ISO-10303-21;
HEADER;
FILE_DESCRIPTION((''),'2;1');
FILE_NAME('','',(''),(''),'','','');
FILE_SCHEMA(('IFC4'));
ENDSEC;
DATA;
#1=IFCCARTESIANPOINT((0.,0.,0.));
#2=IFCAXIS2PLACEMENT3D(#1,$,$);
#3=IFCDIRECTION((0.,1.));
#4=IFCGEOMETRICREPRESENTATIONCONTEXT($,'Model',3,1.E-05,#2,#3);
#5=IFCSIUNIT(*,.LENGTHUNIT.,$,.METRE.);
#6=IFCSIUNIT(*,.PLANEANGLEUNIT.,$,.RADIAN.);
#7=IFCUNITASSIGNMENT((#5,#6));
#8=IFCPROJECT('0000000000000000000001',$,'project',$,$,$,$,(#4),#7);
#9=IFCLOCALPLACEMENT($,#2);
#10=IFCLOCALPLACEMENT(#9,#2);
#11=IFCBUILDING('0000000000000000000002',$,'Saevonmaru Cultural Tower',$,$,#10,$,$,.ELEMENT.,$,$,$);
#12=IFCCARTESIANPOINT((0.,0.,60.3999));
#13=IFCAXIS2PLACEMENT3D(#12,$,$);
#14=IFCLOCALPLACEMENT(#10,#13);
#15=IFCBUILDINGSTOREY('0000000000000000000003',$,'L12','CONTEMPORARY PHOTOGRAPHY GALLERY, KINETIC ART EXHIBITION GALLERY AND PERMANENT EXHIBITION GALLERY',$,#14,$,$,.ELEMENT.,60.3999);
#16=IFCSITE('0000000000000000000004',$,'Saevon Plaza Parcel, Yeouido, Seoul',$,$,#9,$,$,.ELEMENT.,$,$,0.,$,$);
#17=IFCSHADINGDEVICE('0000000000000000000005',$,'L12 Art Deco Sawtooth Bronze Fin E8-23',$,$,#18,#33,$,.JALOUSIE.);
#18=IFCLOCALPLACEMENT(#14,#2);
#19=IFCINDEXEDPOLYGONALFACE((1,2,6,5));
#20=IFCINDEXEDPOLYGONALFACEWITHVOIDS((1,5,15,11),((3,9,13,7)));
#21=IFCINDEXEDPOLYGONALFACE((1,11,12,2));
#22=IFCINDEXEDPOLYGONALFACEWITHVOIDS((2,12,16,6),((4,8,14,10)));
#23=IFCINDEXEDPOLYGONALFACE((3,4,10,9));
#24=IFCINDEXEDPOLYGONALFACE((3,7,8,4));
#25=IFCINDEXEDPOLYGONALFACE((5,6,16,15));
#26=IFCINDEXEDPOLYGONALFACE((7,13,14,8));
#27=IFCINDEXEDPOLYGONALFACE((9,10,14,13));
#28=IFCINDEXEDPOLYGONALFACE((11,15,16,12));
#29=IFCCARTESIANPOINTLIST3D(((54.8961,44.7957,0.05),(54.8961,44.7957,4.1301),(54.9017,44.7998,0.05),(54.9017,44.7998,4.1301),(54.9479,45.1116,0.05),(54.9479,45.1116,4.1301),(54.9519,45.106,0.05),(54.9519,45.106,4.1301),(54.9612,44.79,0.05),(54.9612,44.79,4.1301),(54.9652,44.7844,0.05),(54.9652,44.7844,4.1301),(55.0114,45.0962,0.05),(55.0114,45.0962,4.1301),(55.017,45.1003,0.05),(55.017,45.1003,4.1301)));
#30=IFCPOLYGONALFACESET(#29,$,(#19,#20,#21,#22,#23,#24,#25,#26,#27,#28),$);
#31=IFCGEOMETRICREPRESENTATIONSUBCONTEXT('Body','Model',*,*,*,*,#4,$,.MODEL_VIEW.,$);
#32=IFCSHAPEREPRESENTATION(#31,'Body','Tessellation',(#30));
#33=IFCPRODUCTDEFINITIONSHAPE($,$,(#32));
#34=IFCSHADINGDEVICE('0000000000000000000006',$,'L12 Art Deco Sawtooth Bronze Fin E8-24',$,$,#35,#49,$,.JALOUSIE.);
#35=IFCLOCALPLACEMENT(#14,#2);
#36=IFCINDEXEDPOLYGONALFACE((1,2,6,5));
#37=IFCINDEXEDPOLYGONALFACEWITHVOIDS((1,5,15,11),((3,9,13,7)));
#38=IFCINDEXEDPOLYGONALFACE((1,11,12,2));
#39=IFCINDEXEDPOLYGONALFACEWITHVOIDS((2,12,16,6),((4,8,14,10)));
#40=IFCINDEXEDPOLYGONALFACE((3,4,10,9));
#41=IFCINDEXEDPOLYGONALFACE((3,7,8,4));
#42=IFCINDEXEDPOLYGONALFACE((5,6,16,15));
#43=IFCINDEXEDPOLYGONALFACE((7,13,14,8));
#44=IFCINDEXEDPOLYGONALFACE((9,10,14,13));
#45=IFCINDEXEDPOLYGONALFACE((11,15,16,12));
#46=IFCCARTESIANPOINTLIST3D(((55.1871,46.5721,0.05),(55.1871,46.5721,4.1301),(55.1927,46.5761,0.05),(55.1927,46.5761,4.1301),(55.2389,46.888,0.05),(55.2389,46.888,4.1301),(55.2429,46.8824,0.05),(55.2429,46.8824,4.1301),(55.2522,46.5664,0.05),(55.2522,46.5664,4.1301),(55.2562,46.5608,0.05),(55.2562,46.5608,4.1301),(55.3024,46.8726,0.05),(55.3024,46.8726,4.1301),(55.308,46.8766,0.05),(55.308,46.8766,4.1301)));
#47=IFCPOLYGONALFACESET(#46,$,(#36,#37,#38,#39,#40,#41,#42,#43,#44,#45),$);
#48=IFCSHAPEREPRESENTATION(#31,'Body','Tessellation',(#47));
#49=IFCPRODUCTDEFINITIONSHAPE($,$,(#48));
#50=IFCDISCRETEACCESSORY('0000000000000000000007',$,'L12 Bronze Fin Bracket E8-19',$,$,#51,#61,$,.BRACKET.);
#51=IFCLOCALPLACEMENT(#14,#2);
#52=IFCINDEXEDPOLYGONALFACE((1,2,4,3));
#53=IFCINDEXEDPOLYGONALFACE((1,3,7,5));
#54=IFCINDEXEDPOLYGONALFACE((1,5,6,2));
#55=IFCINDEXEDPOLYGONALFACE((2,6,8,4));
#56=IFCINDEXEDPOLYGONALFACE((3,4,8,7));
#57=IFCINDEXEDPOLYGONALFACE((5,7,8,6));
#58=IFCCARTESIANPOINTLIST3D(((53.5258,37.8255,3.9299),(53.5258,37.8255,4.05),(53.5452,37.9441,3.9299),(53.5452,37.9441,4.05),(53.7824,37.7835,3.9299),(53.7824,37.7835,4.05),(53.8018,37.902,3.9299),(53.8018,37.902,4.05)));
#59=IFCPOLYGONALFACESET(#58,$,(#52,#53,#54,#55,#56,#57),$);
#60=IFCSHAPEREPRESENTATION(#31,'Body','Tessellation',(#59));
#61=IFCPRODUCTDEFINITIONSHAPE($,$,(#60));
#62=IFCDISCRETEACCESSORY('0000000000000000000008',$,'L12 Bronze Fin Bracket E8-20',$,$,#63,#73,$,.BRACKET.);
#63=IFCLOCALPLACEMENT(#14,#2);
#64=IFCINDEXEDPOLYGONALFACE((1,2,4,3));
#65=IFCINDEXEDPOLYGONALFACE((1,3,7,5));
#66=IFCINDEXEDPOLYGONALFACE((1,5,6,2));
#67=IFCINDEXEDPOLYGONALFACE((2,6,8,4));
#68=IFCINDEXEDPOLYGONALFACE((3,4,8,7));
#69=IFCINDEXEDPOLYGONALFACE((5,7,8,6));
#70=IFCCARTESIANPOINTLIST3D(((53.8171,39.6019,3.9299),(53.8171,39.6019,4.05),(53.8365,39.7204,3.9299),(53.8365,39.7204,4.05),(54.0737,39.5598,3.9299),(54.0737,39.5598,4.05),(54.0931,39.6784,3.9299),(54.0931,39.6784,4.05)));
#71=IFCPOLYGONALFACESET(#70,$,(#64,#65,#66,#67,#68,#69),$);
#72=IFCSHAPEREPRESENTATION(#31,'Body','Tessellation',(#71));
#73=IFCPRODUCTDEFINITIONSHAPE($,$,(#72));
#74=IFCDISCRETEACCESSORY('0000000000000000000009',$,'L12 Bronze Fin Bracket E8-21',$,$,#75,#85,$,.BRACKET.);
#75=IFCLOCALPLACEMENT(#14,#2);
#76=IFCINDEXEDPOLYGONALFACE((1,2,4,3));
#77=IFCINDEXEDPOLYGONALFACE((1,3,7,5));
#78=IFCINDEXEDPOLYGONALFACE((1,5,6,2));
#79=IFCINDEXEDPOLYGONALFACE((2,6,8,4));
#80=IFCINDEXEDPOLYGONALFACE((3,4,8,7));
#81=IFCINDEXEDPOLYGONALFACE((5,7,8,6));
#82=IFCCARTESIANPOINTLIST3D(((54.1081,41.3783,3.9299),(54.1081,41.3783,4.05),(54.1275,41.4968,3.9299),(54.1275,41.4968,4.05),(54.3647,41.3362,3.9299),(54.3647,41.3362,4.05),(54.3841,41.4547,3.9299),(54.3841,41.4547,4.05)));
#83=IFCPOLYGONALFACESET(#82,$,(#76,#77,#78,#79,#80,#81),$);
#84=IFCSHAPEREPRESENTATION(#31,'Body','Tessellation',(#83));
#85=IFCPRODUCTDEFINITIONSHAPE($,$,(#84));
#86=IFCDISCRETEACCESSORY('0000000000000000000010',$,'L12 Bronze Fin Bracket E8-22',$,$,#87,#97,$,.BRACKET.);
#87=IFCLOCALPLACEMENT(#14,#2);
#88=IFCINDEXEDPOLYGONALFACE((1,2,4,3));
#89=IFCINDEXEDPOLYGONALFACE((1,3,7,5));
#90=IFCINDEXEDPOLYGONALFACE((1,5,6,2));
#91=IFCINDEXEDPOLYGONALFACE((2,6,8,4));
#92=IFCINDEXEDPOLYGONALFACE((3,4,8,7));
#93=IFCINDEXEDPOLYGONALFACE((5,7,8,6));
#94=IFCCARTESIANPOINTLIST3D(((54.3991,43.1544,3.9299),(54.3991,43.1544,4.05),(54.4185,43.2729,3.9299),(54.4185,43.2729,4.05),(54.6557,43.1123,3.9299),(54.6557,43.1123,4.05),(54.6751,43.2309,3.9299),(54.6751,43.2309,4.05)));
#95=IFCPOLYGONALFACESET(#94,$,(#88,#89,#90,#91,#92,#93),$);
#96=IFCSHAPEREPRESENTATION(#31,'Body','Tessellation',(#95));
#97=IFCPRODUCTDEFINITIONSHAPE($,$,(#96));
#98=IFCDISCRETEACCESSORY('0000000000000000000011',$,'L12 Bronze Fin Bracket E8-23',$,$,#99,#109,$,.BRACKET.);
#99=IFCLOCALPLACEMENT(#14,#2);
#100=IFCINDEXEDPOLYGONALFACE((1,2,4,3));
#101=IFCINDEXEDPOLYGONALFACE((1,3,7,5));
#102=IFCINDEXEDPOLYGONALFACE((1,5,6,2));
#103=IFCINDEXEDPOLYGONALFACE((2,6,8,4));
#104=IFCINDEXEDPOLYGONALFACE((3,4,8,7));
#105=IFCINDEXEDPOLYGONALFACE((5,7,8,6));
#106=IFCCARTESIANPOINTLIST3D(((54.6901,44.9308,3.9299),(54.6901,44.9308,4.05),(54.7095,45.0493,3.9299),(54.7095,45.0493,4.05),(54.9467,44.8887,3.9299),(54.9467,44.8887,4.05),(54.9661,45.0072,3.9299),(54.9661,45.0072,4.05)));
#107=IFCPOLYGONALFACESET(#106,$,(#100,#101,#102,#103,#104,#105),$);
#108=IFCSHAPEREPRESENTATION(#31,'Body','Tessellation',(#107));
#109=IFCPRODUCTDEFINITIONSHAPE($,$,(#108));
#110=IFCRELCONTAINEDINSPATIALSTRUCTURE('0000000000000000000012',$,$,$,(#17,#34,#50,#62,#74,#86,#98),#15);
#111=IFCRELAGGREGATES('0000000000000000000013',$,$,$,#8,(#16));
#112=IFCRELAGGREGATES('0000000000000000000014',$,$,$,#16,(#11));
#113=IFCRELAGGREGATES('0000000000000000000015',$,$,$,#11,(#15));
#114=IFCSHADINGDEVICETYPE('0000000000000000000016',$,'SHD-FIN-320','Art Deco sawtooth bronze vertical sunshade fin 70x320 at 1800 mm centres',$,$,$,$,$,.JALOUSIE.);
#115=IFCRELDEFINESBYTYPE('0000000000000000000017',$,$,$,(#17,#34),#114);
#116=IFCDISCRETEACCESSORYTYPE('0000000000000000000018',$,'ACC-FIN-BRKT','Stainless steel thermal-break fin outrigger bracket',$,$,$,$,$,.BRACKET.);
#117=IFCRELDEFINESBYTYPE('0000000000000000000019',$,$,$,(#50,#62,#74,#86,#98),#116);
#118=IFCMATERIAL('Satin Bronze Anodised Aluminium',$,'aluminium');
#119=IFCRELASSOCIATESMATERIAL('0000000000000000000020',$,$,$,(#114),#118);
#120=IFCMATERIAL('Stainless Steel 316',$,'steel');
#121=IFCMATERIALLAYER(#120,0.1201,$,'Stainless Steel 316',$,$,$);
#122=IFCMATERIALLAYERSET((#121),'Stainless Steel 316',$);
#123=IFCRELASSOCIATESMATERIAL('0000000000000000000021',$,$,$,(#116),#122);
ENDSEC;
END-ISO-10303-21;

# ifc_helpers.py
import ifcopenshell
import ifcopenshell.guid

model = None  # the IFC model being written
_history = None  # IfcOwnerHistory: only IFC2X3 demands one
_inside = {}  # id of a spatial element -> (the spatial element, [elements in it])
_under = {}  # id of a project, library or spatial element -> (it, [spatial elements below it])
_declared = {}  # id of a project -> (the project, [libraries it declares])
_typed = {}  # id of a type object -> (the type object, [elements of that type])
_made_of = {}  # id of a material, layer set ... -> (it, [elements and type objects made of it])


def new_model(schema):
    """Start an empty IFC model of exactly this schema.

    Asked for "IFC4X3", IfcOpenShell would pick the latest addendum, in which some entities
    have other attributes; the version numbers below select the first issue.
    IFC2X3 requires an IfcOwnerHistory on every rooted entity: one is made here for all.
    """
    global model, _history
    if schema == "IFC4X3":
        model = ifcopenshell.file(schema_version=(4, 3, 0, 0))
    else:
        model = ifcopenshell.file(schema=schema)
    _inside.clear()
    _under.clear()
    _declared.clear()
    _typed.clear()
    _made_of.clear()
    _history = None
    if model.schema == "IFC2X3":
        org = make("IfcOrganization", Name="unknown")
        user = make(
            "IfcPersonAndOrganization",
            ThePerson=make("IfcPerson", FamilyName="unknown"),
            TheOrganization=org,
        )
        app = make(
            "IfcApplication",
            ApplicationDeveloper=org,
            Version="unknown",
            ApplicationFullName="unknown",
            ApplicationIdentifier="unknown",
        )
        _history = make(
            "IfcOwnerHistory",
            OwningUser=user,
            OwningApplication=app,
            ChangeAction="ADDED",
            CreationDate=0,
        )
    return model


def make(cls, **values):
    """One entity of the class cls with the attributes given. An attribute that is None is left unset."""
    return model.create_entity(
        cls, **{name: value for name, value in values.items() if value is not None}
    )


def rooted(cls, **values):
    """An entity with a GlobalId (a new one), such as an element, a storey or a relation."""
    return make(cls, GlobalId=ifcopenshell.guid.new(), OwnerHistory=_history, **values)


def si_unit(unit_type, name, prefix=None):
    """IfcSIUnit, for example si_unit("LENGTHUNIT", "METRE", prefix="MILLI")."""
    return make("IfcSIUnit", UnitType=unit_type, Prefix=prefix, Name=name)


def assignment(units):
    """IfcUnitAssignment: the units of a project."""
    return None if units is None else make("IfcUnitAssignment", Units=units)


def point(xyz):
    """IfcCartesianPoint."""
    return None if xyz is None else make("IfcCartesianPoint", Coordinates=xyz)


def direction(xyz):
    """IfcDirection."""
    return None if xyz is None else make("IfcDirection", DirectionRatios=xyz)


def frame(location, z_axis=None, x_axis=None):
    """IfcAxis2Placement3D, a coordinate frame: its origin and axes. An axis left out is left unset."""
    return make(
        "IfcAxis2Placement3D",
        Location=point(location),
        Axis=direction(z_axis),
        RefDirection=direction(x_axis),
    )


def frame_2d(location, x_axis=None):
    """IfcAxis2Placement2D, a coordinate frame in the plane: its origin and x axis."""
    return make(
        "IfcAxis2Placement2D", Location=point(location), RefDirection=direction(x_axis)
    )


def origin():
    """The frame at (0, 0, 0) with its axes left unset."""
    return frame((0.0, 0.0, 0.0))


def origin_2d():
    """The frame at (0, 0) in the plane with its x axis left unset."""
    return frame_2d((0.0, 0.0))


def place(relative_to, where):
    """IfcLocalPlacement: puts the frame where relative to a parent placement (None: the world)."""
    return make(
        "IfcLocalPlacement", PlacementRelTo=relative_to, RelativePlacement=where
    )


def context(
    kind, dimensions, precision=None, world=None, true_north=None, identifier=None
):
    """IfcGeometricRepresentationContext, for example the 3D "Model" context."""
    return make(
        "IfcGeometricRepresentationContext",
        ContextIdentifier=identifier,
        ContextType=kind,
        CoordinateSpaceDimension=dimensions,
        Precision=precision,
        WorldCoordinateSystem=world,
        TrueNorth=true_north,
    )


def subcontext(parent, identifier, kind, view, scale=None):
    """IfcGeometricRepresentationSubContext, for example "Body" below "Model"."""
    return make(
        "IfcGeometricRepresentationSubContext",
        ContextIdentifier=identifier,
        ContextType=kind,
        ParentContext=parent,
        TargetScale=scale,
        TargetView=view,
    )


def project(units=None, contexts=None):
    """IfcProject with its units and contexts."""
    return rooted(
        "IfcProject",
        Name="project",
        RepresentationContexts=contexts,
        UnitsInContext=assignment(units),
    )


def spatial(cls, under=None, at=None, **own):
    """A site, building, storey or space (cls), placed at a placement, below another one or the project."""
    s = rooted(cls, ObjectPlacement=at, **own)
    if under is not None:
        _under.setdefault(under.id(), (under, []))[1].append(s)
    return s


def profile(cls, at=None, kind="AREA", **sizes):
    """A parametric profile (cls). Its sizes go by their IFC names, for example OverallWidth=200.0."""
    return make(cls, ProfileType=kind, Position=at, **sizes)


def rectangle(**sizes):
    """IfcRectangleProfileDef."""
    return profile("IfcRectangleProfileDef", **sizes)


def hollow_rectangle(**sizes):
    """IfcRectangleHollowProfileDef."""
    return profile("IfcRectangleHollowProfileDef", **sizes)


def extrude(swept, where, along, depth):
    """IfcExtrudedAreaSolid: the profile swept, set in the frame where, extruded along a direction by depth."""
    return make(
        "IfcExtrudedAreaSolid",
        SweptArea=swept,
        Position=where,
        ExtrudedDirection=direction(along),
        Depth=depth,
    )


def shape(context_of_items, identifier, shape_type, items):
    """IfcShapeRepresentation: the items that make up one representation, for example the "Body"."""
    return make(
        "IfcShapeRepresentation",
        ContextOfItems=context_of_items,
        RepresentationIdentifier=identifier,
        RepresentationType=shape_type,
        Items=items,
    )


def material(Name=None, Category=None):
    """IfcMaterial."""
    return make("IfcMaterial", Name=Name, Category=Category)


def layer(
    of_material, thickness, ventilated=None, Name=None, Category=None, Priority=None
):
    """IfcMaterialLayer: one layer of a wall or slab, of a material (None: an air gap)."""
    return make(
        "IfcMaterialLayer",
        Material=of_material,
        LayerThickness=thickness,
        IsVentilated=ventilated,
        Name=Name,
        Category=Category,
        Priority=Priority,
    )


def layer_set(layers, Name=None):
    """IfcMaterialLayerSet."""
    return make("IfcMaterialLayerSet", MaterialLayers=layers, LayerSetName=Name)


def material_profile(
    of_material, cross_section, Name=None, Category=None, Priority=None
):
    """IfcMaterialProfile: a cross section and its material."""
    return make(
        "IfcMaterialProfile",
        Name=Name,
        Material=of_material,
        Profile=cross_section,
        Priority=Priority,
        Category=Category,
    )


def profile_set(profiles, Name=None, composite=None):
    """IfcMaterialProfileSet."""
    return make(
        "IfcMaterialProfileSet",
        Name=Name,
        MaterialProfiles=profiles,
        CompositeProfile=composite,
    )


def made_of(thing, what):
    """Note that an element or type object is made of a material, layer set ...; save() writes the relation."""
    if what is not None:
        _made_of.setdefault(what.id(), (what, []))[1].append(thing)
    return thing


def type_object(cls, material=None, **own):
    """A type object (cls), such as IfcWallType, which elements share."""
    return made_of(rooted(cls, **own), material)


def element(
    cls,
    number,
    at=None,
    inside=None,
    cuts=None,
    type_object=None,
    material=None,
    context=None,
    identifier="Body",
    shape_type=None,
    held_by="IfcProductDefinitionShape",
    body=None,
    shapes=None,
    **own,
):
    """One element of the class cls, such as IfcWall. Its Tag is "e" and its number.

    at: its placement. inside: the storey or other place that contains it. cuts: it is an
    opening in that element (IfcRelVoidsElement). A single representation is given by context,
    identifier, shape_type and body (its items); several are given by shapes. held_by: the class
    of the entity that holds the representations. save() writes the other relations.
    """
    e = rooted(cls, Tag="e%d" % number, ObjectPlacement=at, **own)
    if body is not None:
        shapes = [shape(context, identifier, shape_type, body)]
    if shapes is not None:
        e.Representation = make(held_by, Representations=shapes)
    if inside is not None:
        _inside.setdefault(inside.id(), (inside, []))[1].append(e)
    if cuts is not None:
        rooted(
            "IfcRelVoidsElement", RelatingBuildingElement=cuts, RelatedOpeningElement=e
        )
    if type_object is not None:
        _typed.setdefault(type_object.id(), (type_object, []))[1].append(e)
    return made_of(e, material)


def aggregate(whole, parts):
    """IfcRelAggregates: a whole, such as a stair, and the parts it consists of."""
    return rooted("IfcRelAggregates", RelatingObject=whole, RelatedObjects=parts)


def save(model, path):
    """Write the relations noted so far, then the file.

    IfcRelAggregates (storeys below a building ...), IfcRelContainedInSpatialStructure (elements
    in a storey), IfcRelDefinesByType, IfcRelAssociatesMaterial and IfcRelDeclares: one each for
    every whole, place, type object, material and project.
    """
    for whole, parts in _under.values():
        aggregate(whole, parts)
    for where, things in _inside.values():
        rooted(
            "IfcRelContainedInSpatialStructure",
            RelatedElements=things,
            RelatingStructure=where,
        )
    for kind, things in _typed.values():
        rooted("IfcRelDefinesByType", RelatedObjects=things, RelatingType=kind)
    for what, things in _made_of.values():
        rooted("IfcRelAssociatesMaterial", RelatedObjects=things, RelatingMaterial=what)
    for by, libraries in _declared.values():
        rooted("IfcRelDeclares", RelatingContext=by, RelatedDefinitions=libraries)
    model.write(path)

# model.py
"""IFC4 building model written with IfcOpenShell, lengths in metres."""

from ifc_helpers import new_model, si_unit, direction, frame, origin, origin_2d, place, context, subcontext, project, spatial, rectangle, hollow_rectangle, extrude, material, layer, layer_set, material_profile, profile_set, type_object, element, save


model = new_model("IFC4")

# Units and contexts
model_context = context("Model", 3, precision=1e-05, world=origin(), true_north=direction((0.0, 1.0)))
body_context = subcontext(model_context, "Body", "Model", "MODEL_VIEW")
ifc_project = project(units=[si_unit("LENGTHUNIT", "METRE"), si_unit("PLANEANGLEUNIT", "RADIAN")], contexts=[model_context])

# Site, building, storey
site_placement = place(None, origin())
site = spatial("IfcSite", under=ifc_project, at=site_placement, Name="Saevon Plaza Parcel, Yeouido, Seoul", CompositionType="ELEMENT", RefElevation=0.0)
building_placement = place(site_placement, origin())
building = spatial("IfcBuilding", under=site, at=building_placement, Name="Saevonmaru Cultural Tower", CompositionType="ELEMENT")
storey_placement = place(building_placement, frame((0.0, 0.0, 60.3999)))
storey = spatial("IfcBuildingStorey", under=building, at=storey_placement, Name="L12", Description="CONTEMPORARY PHOTOGRAPHY GALLERY, KINETIC ART EXHIBITION GALLERY AND PERMANENT EXHIBITION GALLERY", CompositionType="ELEMENT", Elevation=60.3999)

# Shared definitions
ifc_material_1 = material(Name="Satin Bronze Anodised Aluminium", Category="aluminium")

# Shading devices
ifc_material_profile_1 = material_profile(ifc_material_1, hollow_rectangle(XDim=0.0701, YDim=0.3201, WallThickness=0.0049, at=origin_2d()), Name="FIN-320x70")
ifc_profile_set_1 = profile_set([ifc_material_profile_1], Name="Satin Bronze Anodised Aluminium")
shading_device_type = type_object("IfcShadingDeviceType", Name="SHD-FIN-320", Description="Art Deco sawtooth bronze vertical sunshade fin 70x320 at 1800 mm centres", PredefinedType="JALOUSIE", material=ifc_profile_set_1)
for number, where, z_axis, x_axis, name in (
    (1, (54.9565, 44.948, 0.05), (0.0, 0.0, 1.0), (0.986827, -0.161776, 0.0), "L12 Art Deco Sawtooth Bronze Fin E8-23"),
    (2, (55.2476, 46.7244, 0.05), (0.0, 0.0, 1.0), (0.986827, -0.161776, 0.0), "L12 Art Deco Sawtooth Bronze Fin E8-24"),
):
    element("IfcShadingDevice", number, at=place(storey_placement, frame(where, z_axis=z_axis, x_axis=x_axis)), inside=storey, type_object=shading_device_type, Name=name, PredefinedType="JALOUSIE", context=body_context, shape_type="SweptSolid", body=[
        extrude(hollow_rectangle(XDim=0.0701, YDim=0.3201, WallThickness=0.0049, at=origin_2d()), origin(), (0.0, 0.0, 1.0), 4.0801),
    ])

# Discrete accessories
ifc_material_2 = material(Name="Stainless Steel 316", Category="steel")
ifc_layer = layer(ifc_material_2, 0.1201, Name="Stainless Steel 316")
ifc_layer_set = layer_set([ifc_layer], Name="Stainless Steel 316")
discrete_accessory_type = type_object("IfcDiscreteAccessoryType", Name="ACC-FIN-BRKT", Description="Stainless steel thermal-break fin outrigger bracket", PredefinedType="BRACKET", material=ifc_layer_set)
for number, where, z_axis, x_axis, name in (
    (3, (53.6638, 37.8638, 3.9299), (0.0, 0.0, 1.0), (0.986827, -0.161776, 0.0), "L12 Bronze Fin Bracket E8-19"),
    (4, (53.9551, 39.6401, 3.9299), (0.0, 0.0, 1.0), (0.986827, -0.161776, 0.0), "L12 Bronze Fin Bracket E8-20"),
    (5, (54.2461, 41.4165, 3.9299), (0.0, 0.0, 1.0), (0.986827, -0.161776, 0.0), "L12 Bronze Fin Bracket E8-21"),
    (6, (54.5371, 43.1926, 3.9299), (0.0, 0.0, 1.0), (0.986827, -0.161776, 0.0), "L12 Bronze Fin Bracket E8-22"),
    (7, (54.8281, 44.969, 3.9299), (0.0, 0.0, 1.0), (0.986827, -0.161776, 0.0), "L12 Bronze Fin Bracket E8-23"),
):
    element("IfcDiscreteAccessory", number, at=place(storey_placement, frame(where, z_axis=z_axis, x_axis=x_axis)), inside=storey, type_object=discrete_accessory_type, Name=name, PredefinedType="BRACKET", context=body_context, shape_type="SweptSolid", body=[
        extrude(rectangle(XDim=0.26, YDim=0.1201, at=origin_2d()), origin(), (0.0, 0.0, 1.0), 0.1201),
    ])

save(model, "model.ifc")
